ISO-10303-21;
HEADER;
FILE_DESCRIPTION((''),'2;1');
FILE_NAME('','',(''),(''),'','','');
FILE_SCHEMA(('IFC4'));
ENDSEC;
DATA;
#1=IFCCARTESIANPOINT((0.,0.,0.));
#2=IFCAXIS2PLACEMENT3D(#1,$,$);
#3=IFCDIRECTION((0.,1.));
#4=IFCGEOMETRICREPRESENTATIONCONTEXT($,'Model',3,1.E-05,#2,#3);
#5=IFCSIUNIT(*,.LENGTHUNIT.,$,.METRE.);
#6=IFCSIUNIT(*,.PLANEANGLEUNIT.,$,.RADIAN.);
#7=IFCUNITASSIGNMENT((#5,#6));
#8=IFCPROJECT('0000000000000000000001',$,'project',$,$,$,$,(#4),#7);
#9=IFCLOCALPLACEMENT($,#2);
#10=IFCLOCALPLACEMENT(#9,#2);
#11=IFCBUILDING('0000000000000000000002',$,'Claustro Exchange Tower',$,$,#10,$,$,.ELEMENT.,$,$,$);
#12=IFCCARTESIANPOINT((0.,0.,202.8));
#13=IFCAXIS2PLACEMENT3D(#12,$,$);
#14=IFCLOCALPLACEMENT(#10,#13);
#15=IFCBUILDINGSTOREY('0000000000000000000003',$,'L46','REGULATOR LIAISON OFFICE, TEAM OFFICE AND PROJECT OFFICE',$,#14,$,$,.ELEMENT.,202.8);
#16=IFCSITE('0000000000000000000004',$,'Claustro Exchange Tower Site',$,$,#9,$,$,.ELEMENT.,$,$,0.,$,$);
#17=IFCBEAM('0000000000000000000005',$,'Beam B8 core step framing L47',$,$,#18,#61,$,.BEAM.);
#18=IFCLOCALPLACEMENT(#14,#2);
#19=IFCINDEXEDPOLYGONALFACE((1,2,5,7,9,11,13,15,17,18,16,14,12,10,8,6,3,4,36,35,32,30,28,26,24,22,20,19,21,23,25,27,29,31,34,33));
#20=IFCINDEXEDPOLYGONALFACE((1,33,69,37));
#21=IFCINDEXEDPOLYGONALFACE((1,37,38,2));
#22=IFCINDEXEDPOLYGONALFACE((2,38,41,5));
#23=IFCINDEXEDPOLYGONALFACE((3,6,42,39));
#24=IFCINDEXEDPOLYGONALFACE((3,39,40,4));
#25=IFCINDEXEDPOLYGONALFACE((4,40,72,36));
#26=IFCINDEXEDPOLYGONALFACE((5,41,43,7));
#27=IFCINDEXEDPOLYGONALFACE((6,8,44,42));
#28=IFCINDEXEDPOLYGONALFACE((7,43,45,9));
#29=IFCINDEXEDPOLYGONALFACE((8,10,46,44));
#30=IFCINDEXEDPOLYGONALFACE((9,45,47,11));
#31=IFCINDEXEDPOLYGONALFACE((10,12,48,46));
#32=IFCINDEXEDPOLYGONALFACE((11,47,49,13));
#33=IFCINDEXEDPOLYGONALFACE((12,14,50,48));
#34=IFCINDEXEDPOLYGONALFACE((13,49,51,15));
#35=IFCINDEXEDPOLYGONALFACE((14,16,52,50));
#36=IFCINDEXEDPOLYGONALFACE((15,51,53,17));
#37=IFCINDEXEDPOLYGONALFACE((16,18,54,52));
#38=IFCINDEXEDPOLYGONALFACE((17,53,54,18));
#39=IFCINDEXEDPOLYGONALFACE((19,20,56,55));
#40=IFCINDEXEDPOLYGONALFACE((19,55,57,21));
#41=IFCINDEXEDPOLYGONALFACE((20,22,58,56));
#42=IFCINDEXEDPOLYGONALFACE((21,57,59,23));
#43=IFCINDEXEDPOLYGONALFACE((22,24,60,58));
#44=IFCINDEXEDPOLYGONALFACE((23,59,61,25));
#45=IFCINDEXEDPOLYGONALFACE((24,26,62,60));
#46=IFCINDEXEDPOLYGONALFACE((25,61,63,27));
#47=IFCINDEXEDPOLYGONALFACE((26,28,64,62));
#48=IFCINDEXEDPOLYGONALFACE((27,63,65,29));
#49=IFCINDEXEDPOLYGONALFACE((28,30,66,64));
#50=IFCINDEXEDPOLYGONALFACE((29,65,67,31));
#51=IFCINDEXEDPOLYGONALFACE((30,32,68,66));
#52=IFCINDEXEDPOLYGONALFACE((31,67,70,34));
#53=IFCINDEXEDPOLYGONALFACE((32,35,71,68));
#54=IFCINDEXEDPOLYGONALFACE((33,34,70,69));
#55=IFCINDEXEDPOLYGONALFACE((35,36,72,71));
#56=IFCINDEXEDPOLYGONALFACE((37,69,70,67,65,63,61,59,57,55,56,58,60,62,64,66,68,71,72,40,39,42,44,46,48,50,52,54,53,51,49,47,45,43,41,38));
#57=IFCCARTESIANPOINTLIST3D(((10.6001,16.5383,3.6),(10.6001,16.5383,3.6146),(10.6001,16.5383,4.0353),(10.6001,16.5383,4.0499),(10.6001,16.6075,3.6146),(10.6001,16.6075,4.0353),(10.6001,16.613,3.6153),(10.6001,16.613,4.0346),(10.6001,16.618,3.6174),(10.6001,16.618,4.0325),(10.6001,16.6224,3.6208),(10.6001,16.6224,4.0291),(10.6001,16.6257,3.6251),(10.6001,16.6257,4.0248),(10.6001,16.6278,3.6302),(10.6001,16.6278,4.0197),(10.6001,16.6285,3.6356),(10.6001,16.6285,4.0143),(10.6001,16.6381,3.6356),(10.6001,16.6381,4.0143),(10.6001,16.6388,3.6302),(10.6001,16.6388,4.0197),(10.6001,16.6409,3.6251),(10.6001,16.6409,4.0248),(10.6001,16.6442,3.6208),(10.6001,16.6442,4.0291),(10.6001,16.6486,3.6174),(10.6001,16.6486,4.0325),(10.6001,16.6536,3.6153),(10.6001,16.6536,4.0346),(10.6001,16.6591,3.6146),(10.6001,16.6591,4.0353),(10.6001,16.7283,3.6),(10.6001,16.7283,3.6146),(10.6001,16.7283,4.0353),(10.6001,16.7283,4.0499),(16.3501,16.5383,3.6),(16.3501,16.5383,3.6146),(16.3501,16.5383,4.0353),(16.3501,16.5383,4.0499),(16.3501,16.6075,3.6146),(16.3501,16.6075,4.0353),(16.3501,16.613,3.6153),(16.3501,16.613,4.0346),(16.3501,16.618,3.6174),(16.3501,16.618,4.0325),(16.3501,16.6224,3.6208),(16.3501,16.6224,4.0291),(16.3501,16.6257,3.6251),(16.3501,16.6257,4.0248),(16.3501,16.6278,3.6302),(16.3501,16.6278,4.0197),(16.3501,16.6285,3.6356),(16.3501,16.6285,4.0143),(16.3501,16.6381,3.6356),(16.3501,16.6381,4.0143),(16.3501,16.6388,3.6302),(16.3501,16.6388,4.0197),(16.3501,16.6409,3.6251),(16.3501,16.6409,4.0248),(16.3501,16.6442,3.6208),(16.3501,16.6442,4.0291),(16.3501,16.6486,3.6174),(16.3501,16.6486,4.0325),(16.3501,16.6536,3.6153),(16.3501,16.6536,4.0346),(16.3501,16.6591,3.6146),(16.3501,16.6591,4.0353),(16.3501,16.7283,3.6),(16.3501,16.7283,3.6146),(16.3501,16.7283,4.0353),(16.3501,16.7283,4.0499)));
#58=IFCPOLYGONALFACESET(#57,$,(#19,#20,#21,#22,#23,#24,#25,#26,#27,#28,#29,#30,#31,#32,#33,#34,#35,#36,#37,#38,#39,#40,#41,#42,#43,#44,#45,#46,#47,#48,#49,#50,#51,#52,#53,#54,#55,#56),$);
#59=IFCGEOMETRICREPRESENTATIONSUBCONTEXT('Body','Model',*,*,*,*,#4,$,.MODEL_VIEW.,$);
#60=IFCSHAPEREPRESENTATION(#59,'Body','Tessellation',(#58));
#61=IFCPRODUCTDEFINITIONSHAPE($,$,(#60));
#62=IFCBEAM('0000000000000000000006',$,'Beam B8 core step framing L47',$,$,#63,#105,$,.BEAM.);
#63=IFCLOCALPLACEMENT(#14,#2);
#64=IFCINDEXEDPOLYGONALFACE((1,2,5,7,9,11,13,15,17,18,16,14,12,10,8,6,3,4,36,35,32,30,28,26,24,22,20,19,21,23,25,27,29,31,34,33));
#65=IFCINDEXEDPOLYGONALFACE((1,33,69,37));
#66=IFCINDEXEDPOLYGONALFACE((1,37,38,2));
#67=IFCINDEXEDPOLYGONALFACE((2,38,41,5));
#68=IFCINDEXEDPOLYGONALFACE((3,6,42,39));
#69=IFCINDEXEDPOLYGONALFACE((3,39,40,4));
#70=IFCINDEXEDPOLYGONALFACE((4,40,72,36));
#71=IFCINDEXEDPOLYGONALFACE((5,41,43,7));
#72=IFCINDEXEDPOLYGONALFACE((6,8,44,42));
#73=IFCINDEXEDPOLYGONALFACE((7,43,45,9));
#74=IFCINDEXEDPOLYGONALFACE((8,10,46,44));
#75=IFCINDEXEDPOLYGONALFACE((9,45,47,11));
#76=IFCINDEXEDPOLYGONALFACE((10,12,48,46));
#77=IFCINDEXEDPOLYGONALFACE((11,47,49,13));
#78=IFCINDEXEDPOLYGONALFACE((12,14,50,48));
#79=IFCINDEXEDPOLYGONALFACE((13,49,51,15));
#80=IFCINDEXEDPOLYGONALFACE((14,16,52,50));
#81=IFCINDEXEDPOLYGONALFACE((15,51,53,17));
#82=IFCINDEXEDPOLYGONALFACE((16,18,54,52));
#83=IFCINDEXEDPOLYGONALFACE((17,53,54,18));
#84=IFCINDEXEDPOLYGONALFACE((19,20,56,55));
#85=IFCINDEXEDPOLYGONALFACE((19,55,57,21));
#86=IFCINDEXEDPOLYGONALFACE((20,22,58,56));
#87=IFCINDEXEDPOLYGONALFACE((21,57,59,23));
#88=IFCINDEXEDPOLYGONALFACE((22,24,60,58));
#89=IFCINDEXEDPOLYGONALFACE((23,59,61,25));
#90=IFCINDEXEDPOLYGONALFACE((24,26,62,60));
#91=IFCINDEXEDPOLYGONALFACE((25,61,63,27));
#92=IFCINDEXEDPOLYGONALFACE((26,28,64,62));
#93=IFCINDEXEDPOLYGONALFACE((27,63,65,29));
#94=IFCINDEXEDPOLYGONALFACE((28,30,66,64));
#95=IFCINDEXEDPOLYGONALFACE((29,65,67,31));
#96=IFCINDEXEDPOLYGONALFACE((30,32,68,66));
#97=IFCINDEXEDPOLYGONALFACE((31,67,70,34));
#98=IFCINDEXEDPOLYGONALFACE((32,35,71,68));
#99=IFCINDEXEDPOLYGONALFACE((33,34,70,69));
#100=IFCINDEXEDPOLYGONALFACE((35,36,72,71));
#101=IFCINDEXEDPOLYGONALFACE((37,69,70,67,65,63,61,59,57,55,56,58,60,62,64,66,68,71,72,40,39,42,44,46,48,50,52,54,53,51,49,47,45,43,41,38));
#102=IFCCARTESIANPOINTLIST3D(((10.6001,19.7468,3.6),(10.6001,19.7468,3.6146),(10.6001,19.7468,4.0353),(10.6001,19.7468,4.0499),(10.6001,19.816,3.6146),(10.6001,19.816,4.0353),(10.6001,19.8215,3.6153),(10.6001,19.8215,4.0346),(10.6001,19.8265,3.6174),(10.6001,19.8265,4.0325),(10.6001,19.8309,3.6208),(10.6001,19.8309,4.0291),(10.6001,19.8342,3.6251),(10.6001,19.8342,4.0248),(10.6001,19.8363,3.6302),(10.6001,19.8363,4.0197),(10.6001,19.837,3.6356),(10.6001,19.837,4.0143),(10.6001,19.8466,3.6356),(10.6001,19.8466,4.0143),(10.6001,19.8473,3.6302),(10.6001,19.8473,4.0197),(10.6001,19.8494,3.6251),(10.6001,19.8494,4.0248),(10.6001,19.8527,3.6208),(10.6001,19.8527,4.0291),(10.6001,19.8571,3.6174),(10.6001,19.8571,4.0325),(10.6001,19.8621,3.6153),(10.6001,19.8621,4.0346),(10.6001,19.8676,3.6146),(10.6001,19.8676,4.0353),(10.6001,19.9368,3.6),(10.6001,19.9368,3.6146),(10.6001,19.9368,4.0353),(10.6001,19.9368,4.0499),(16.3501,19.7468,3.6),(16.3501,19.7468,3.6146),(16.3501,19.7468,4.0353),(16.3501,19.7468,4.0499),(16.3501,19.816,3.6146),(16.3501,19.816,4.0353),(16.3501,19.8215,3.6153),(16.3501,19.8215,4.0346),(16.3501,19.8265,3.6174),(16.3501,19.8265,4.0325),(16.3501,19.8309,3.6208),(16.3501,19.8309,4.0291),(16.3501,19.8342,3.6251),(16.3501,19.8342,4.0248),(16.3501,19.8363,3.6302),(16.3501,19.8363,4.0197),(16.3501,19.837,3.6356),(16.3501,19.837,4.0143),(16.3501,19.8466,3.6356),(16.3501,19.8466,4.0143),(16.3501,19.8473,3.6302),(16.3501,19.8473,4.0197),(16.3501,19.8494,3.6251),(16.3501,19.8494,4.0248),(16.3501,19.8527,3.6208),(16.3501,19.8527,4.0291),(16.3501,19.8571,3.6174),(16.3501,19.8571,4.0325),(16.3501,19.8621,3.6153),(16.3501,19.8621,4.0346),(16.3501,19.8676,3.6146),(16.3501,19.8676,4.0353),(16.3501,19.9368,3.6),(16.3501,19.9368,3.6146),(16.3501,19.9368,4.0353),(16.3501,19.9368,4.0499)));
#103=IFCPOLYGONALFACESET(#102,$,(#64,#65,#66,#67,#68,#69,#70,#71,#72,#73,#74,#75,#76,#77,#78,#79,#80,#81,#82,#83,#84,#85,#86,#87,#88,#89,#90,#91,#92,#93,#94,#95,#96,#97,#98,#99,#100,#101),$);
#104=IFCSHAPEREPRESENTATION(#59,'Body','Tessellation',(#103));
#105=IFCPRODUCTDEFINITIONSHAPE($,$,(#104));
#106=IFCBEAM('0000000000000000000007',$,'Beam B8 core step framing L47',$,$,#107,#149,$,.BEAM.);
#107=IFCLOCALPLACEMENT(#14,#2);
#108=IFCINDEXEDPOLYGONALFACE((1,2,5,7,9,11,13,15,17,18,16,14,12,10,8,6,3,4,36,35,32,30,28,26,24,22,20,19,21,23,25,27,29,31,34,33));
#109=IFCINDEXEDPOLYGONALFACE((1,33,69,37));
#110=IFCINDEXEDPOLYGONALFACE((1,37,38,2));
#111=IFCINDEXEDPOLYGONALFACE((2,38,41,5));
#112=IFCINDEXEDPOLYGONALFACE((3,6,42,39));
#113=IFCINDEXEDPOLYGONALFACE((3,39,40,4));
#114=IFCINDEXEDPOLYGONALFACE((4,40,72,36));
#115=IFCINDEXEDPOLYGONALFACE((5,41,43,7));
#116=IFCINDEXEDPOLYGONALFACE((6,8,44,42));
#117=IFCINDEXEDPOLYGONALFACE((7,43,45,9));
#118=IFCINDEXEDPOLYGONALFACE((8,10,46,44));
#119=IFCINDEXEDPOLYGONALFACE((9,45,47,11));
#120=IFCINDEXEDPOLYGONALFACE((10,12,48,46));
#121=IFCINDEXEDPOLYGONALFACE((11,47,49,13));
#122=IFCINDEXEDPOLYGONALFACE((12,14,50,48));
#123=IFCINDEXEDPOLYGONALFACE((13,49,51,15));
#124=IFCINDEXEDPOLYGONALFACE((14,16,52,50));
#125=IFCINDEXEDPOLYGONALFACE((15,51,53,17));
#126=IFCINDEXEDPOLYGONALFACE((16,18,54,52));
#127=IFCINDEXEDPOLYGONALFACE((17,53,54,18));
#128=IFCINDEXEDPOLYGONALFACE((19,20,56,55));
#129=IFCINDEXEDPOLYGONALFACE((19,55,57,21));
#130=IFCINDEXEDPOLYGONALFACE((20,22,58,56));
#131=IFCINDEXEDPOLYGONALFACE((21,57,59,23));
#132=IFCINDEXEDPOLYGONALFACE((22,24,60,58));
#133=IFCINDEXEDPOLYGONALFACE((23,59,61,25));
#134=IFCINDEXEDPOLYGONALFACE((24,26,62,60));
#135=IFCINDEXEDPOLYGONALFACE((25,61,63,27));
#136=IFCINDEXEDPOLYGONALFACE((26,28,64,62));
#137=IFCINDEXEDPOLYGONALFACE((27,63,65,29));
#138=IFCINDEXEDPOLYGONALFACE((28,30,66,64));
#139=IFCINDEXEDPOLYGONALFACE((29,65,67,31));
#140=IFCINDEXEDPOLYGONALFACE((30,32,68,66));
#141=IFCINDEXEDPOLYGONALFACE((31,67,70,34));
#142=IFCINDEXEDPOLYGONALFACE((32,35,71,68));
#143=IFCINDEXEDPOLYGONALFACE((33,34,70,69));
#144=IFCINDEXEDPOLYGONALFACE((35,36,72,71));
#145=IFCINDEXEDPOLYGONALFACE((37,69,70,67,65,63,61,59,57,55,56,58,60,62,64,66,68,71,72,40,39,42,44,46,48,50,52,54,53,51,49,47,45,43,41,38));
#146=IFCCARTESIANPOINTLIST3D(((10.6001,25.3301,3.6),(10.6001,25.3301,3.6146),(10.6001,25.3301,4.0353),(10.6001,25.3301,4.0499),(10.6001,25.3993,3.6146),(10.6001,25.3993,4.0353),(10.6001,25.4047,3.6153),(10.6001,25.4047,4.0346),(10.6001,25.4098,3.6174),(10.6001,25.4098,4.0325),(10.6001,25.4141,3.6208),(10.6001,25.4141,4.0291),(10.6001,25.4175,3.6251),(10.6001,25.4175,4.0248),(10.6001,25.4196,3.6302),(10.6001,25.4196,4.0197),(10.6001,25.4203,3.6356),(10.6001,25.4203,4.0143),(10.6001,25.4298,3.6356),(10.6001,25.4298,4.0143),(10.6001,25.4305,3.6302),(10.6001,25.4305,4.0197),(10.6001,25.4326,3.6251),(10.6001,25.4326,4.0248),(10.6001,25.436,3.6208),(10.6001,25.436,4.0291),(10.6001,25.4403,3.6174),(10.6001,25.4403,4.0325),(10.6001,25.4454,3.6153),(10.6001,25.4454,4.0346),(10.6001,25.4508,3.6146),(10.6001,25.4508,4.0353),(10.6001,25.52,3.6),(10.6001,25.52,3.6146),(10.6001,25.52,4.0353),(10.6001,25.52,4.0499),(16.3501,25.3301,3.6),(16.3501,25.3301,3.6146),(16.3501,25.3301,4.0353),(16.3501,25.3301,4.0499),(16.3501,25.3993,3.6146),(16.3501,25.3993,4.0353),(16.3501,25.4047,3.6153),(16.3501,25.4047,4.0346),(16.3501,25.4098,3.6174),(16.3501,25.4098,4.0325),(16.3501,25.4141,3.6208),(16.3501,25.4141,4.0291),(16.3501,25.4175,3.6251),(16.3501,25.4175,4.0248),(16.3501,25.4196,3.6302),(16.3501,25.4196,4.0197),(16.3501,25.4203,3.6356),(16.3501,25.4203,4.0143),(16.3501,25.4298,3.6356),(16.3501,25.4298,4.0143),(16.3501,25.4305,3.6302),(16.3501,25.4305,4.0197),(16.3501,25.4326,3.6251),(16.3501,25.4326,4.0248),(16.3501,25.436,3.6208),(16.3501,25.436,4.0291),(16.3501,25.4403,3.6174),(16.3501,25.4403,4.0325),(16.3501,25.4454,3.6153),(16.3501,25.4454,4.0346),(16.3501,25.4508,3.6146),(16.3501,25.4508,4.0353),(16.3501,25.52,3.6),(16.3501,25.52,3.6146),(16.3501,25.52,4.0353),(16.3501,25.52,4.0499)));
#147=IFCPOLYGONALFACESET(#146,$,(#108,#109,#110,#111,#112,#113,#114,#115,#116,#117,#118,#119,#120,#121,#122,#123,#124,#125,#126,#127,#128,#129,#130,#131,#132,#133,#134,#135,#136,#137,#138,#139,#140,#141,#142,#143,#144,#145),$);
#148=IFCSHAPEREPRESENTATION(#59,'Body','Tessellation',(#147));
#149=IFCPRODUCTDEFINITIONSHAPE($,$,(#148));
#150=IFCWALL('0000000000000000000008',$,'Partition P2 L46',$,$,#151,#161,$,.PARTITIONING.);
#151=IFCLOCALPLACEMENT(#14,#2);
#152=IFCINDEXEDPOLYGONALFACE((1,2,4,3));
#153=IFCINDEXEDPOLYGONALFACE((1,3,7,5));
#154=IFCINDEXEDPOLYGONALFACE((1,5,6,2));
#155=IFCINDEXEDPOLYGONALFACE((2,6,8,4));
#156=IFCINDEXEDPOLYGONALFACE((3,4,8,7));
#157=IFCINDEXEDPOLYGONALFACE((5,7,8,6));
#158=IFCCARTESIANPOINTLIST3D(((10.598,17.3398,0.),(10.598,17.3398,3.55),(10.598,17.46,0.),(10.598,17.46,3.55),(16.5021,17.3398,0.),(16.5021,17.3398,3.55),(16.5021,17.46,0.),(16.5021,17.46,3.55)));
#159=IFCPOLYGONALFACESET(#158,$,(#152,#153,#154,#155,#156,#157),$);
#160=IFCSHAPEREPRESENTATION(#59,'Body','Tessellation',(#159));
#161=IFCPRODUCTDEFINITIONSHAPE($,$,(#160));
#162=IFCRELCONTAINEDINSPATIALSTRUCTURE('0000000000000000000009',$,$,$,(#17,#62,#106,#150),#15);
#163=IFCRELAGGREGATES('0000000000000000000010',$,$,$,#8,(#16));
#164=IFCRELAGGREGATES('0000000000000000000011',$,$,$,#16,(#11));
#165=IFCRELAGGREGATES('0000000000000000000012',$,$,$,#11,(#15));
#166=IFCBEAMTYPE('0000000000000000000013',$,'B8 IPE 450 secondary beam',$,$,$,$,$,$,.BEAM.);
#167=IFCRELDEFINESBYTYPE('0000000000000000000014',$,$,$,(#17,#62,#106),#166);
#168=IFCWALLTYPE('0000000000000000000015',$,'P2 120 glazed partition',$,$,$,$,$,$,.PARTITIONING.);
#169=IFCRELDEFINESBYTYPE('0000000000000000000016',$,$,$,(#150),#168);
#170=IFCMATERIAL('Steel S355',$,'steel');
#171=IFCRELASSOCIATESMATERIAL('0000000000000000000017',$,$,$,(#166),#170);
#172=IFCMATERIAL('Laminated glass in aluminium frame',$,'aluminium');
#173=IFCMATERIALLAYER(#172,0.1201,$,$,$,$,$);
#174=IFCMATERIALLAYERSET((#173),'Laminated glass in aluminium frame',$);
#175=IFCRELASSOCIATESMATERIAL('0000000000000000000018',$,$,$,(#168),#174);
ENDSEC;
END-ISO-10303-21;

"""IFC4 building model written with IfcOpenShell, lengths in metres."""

from ifc_helpers import new_model, si_unit, direction, frame, frame_2d, origin, origin_2d, place, context, subcontext, project, spatial, rectangle, i_section, extrude, material, layer, layer_set, material_profile, profile_set, type_object, element, save


model = new_model("IFC4")

# Units and contexts
model_context = context("Model", 3, precision=1e-05, world=origin(), true_north=direction((0.0, 1.0)))
body_context = subcontext(model_context, "Body", "Model", "MODEL_VIEW")
ifc_project = project(units=[si_unit("LENGTHUNIT", "METRE"), si_unit("PLANEANGLEUNIT", "RADIAN")], contexts=[model_context])

# Site, building, storey
site_placement = place(None, origin())
site = spatial("IfcSite", under=ifc_project, at=site_placement, Name="Claustro Exchange Tower Site", CompositionType="ELEMENT", RefElevation=0.0)
building_placement = place(site_placement, origin())
building = spatial("IfcBuilding", under=site, at=building_placement, Name="Claustro Exchange Tower", CompositionType="ELEMENT")
storey_placement = place(building_placement, frame((0.0, 0.0, 202.8)))
storey = spatial("IfcBuildingStorey", under=building, at=storey_placement, Name="L46", Description="REGULATOR LIAISON OFFICE, TEAM OFFICE AND PROJECT OFFICE", CompositionType="ELEMENT", Elevation=202.8)

# Beams
ifc_material_1 = material(Name="Steel S355", Category="steel")
ifc_material_profile_1 = material_profile(ifc_material_1, i_section(OverallWidth=0.1899, OverallDepth=0.45, WebThickness=0.0095, FlangeThickness=0.0146, FilletRadius=0.021, at=origin_2d()), Name="IPE 450")
ifc_profile_set_1 = profile_set([ifc_material_profile_1], Name="Steel S355")
beam_type_1 = type_object("IfcBeamType", Name="B8 IPE 450 secondary beam", PredefinedType="BEAM", material=ifc_profile_set_1)
for number, where, z_axis, x_axis, name in (
    (1, (10.6001, 16.6333, 3.825), (1.0, 0.0, 0.0), (0.0, 1.0, 0.0), "Beam B8 core step framing L47"),
    (2, (10.6001, 19.8418, 3.825), (1.0, 0.0, 0.0), (0.0, 1.0, 0.0), "Beam B8 core step framing L47"),
    (3, (10.6001, 25.425, 3.825), (1.0, 0.0, 0.0), (0.0, 1.0, 0.0), "Beam B8 core step framing L47"),
):
    element("IfcBeam", number, at=place(storey_placement, frame(where, z_axis=z_axis, x_axis=x_axis)), inside=storey, type_object=beam_type_1, Name=name, PredefinedType="BEAM", context=body_context, shape_type="SweptSolid", body=[
        extrude(i_section(OverallWidth=0.1899, OverallDepth=0.45, WebThickness=0.0095, FlangeThickness=0.0146, FilletRadius=0.021, at=origin_2d()), origin(), (0.0, 0.0, 1.0), 5.75),
    ])

# Wall
ifc_material_2 = material(Name="Laminated glass in aluminium frame", Category="aluminium")
ifc_layer_1 = layer(ifc_material_2, 0.1201)
ifc_layer_set_1 = layer_set([ifc_layer_1], Name="Laminated glass in aluminium frame")
wall_type_1 = type_object("IfcWallType", Name="P2 120 glazed partition", PredefinedType="PARTITIONING", material=ifc_layer_set_1)
wall_1_placement = place(storey_placement, frame((10.5979, 17.3999, 0.0), z_axis=(0.0, 0.0, 1.0), x_axis=(1.0, 0.0, 0.0)))
element("IfcWall", 4, at=wall_1_placement, inside=storey, type_object=wall_type_1, Name="Partition P2 L46", PredefinedType="PARTITIONING", context=body_context, shape_type="SweptSolid", body=[
    extrude(rectangle(XDim=5.9041, YDim=0.1201, at=frame_2d((2.9521, 0.0))), origin(), (0.0, 0.0, 1.0), 3.55),
])

save(model, "model.ifc")
